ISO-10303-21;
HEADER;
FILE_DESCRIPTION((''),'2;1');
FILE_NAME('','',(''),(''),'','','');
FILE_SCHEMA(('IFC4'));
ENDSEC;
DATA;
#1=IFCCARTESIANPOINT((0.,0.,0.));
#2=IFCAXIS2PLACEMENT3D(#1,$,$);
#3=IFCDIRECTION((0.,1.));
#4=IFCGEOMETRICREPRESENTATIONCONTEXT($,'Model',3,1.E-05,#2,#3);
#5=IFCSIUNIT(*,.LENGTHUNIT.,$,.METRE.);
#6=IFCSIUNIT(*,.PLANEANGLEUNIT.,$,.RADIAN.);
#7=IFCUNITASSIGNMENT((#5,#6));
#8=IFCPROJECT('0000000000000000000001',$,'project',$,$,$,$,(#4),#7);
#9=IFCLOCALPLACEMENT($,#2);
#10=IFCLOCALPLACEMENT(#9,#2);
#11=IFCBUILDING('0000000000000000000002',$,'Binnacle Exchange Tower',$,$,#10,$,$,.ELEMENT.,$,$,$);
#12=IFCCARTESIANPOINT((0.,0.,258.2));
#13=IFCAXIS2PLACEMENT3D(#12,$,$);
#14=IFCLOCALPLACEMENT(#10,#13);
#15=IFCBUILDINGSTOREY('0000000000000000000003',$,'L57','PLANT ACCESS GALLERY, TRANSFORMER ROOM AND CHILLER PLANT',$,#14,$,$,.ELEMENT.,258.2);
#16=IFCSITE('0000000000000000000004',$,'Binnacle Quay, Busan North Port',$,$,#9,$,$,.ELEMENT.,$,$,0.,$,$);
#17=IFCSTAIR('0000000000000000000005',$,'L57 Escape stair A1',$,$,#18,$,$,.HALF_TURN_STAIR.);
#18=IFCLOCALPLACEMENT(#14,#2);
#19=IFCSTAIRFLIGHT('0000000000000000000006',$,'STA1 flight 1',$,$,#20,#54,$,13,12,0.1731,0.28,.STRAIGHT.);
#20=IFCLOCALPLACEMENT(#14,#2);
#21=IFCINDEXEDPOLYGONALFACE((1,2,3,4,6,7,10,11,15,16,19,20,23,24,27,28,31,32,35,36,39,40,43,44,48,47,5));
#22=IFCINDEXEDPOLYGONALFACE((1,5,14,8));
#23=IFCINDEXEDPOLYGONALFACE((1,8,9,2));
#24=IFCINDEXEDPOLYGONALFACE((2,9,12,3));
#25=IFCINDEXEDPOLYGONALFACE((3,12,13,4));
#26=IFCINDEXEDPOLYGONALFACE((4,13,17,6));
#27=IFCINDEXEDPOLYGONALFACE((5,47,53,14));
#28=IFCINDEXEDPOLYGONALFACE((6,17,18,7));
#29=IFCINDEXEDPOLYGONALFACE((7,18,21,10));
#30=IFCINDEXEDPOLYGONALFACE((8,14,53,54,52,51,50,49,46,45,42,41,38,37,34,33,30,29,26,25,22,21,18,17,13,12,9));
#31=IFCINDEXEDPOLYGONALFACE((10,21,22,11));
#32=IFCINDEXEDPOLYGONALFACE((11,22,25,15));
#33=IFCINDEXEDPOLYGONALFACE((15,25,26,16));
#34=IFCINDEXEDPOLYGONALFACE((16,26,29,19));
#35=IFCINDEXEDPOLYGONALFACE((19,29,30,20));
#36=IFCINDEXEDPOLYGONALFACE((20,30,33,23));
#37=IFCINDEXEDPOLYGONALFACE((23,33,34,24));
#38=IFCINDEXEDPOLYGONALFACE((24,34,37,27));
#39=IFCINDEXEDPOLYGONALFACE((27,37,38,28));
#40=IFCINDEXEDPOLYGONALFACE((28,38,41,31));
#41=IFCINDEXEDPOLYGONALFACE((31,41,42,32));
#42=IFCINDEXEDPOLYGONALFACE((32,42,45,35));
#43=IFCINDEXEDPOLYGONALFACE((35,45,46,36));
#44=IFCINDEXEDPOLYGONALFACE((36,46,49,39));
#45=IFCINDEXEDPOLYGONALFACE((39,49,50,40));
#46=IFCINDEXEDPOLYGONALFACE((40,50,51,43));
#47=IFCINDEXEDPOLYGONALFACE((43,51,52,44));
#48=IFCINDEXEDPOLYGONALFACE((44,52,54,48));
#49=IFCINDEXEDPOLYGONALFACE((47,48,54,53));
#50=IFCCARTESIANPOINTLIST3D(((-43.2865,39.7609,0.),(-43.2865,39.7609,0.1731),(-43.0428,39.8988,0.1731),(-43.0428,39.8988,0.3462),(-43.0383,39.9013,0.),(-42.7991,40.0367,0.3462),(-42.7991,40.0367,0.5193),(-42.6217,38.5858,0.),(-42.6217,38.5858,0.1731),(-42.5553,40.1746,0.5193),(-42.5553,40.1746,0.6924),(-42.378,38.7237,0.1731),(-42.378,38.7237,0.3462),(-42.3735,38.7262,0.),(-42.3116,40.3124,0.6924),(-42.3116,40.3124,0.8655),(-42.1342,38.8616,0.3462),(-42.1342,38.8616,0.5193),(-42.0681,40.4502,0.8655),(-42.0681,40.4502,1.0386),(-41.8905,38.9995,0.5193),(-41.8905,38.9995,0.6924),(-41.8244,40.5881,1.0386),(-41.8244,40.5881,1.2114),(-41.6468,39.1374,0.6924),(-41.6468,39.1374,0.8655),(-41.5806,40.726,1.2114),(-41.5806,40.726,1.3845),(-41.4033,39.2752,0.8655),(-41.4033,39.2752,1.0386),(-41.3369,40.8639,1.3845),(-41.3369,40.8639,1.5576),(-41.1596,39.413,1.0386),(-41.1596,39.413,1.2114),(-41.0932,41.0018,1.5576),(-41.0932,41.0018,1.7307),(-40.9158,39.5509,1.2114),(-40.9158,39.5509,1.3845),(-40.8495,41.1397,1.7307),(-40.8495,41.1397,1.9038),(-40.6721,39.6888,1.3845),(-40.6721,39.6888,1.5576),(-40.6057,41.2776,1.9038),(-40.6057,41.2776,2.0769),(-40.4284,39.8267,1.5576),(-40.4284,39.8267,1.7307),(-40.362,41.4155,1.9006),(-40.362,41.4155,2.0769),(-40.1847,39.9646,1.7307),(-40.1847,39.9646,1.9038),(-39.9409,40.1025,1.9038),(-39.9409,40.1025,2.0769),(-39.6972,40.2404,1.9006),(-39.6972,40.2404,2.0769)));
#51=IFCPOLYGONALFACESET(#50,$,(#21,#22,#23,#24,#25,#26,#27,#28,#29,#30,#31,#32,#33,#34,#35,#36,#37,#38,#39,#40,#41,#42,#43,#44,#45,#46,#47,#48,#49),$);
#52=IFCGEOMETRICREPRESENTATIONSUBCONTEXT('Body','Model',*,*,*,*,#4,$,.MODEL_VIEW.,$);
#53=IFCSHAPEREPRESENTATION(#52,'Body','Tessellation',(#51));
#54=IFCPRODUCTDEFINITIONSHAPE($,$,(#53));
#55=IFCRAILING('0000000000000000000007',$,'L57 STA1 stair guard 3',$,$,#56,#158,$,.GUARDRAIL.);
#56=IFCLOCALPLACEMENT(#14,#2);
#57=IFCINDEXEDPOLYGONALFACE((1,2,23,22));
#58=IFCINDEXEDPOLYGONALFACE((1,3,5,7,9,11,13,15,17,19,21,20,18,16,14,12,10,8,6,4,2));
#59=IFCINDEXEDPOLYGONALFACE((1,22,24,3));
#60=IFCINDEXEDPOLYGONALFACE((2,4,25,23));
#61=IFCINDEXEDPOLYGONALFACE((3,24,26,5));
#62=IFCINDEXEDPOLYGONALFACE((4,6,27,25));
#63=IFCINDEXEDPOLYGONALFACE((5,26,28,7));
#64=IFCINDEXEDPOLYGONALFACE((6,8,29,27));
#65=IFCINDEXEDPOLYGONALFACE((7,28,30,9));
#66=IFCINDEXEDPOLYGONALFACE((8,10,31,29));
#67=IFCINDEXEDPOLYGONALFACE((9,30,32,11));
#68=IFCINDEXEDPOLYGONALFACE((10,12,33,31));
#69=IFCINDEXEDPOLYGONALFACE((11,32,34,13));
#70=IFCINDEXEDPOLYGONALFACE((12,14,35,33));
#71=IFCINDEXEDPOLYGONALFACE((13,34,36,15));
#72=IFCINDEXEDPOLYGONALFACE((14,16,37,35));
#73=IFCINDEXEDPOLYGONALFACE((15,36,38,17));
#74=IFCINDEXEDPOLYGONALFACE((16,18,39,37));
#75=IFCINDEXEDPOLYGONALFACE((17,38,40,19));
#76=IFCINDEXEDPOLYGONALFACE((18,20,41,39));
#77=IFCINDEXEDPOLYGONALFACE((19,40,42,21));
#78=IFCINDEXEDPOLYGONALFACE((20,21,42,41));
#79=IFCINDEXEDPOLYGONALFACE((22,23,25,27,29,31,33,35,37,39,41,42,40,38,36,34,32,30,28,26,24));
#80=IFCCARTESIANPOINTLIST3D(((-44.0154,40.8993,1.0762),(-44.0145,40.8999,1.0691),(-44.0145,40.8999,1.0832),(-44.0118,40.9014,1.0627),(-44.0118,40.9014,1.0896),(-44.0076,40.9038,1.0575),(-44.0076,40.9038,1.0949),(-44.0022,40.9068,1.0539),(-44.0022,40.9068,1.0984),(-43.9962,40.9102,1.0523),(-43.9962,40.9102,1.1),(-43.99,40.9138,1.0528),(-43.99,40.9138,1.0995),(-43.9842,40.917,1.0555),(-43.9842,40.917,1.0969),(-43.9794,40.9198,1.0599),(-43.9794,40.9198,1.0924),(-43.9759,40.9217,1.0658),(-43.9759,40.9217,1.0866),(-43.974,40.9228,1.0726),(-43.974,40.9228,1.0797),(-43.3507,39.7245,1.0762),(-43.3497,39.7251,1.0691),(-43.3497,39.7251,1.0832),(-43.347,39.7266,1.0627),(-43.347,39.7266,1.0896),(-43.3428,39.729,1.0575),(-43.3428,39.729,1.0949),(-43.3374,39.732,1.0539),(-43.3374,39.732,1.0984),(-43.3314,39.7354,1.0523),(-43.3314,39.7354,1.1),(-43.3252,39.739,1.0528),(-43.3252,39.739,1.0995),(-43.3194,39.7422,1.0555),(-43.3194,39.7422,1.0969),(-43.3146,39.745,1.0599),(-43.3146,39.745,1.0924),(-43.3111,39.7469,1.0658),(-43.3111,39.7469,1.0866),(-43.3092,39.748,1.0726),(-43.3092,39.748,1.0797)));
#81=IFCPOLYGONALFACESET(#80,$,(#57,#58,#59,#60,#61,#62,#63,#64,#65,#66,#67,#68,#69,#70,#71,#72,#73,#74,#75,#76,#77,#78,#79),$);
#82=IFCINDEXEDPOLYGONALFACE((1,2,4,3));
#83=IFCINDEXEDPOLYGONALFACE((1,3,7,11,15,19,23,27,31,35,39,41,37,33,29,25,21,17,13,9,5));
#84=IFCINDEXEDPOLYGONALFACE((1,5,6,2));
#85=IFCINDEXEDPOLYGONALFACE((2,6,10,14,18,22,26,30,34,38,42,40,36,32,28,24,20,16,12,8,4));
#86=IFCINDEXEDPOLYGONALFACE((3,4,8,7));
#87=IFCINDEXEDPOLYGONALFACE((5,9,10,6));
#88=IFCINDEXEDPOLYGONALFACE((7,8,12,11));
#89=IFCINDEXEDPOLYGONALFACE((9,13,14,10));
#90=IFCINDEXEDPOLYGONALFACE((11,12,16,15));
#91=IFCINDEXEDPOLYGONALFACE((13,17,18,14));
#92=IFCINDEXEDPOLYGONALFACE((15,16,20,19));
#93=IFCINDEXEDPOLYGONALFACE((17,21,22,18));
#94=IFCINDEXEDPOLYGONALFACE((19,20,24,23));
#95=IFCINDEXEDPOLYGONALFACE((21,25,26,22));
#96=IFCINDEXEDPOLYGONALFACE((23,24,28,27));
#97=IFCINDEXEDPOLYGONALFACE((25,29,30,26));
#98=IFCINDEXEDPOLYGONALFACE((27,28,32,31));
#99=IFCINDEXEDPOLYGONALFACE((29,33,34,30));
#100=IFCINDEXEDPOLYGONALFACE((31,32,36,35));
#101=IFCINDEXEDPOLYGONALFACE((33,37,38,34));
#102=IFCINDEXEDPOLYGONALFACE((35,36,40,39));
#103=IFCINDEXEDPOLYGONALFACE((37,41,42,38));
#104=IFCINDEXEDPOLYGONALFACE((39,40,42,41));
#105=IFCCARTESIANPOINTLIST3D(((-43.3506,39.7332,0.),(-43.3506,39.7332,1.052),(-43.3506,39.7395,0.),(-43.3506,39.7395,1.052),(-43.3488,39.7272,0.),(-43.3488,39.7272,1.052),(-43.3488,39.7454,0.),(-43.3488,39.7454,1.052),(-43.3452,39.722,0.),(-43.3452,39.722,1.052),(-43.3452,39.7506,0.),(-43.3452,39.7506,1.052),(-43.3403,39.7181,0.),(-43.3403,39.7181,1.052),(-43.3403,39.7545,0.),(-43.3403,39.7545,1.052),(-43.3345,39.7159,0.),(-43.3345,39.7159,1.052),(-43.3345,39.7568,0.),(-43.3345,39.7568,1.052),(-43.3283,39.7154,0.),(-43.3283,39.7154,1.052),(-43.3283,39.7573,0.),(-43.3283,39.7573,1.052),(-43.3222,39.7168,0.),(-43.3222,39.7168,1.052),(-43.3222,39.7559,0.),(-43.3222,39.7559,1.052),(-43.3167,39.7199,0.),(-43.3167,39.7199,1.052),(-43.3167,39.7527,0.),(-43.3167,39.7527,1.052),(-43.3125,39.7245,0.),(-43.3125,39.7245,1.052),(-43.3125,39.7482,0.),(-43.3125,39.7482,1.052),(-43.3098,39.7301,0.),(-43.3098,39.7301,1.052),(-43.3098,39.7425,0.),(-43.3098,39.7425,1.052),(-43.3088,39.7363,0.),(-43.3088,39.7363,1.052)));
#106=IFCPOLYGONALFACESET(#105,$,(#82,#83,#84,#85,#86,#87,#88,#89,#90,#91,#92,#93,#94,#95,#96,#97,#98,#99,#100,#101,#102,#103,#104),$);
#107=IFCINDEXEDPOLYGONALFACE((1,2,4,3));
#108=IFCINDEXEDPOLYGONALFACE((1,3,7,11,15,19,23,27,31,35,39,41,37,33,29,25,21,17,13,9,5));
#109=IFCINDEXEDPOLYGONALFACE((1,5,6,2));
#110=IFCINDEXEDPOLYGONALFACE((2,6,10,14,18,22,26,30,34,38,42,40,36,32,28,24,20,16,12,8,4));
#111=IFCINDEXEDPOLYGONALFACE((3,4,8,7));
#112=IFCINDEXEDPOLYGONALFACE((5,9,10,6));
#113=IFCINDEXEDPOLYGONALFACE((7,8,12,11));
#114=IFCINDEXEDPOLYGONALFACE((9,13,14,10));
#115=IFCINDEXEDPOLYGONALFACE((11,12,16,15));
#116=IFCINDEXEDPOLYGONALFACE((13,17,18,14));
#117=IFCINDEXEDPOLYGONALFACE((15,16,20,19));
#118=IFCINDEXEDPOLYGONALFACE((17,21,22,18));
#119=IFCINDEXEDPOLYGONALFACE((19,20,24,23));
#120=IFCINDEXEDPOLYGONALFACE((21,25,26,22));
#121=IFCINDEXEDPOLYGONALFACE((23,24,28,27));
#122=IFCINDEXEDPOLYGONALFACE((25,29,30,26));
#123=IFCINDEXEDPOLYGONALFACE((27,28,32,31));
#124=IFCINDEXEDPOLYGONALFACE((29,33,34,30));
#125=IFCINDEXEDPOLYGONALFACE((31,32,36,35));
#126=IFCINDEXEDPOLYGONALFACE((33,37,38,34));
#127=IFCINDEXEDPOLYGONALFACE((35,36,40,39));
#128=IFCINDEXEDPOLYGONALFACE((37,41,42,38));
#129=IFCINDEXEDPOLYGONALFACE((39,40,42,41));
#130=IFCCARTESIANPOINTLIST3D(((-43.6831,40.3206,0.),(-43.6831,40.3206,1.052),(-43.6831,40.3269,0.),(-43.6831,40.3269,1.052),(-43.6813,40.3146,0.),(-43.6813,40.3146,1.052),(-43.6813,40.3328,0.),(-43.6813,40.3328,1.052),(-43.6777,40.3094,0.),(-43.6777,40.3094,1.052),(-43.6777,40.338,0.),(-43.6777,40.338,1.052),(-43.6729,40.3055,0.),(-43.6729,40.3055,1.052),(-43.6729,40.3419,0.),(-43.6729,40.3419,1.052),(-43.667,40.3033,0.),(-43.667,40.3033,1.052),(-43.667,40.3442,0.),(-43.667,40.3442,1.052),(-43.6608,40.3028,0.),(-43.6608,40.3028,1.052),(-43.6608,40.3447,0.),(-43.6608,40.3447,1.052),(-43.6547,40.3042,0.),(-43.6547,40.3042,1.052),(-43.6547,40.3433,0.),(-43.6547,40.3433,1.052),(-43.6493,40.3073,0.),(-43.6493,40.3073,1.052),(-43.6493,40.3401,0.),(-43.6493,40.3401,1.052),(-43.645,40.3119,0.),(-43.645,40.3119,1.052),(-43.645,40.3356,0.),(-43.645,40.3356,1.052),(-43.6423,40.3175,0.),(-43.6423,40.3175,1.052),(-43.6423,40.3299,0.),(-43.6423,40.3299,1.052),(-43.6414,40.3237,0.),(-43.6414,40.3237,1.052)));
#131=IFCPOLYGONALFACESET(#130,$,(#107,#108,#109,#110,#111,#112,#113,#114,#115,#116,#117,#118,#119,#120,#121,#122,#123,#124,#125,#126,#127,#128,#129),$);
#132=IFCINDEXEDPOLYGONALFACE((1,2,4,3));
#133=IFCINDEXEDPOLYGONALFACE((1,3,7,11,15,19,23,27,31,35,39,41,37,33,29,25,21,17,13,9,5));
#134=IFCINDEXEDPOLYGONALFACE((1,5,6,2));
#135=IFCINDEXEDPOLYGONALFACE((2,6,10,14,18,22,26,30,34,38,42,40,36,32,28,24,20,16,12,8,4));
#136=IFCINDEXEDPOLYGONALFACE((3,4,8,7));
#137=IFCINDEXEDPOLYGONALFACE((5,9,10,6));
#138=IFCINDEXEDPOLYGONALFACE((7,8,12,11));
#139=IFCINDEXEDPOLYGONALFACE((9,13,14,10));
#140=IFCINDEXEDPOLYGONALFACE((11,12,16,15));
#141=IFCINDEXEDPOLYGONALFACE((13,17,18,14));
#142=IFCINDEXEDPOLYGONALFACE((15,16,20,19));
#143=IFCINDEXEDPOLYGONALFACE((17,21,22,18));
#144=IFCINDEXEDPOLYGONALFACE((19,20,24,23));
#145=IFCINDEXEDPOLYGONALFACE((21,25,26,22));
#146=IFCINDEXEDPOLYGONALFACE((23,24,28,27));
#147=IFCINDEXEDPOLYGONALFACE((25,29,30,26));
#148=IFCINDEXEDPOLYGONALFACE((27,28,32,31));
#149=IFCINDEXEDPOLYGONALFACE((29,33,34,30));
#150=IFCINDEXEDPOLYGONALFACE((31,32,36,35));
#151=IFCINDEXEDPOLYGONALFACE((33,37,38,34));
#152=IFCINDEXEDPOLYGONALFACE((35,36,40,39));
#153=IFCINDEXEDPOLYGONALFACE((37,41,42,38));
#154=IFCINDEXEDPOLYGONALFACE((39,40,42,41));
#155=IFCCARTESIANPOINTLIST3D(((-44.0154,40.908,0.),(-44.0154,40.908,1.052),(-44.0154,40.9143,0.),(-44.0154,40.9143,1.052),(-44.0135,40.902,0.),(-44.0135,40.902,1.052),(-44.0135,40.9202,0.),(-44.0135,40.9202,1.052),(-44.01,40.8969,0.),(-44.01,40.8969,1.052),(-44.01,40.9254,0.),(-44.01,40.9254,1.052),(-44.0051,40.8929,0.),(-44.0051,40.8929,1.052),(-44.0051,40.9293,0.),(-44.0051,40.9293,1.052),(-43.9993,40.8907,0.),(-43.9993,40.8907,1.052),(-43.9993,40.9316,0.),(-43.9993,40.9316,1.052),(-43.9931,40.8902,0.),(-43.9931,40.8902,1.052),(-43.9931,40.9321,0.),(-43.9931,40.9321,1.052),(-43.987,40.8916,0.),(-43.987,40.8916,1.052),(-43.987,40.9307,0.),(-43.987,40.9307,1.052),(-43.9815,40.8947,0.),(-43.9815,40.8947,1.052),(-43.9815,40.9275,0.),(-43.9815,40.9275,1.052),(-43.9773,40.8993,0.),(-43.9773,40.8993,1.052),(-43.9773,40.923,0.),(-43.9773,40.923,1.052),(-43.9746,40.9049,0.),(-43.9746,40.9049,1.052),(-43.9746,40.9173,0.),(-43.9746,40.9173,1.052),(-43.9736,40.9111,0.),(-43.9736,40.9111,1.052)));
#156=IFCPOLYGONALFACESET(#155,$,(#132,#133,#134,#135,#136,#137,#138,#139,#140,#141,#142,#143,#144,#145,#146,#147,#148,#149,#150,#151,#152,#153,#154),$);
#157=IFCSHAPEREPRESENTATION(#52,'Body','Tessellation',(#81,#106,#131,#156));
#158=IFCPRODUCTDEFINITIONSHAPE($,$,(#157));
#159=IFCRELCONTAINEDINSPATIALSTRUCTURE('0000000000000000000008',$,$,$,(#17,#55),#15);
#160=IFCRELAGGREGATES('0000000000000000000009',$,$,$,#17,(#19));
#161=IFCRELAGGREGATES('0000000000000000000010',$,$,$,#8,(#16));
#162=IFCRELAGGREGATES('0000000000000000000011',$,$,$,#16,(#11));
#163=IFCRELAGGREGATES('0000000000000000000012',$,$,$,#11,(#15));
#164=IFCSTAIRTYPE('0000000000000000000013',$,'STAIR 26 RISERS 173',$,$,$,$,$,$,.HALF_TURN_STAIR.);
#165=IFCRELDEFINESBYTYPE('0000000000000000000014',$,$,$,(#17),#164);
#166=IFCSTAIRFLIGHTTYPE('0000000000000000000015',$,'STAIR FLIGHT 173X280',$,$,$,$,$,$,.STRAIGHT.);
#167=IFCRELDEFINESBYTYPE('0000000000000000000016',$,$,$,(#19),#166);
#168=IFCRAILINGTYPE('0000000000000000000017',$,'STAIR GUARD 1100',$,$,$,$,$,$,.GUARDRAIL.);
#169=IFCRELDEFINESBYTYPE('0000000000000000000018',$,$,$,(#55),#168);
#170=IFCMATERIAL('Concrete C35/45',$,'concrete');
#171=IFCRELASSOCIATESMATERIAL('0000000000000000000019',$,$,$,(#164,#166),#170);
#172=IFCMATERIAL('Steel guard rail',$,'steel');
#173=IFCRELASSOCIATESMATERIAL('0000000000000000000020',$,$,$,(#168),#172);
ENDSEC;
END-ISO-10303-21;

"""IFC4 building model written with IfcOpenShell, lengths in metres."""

from ifc_helpers import new_model, si_unit, direction, frame, origin, origin_2d, place, context, subcontext, project, spatial, polyline, circle, outline, extrude, material, type_object, element, aggregate, save


model = new_model("IFC4")

# Units and contexts
model_context = context("Model", 3, precision=1e-05, world=origin(), true_north=direction((0.0, 1.0)))
body_context = subcontext(model_context, "Body", "Model", "MODEL_VIEW")
ifc_project = project(units=[si_unit("LENGTHUNIT", "METRE"), si_unit("PLANEANGLEUNIT", "RADIAN")], contexts=[model_context])

# Site, building, storey
site_placement = place(None, origin())
site = spatial("IfcSite", under=ifc_project, at=site_placement, Name="Binnacle Quay, Busan North Port", CompositionType="ELEMENT", RefElevation=0.0)
building_placement = place(site_placement, origin())
building = spatial("IfcBuilding", under=site, at=building_placement, Name="Binnacle Exchange Tower", CompositionType="ELEMENT")
storey_placement = place(building_placement, frame((0.0, 0.0, 258.2)))
storey = spatial("IfcBuildingStorey", under=building, at=storey_placement, Name="L57", Description="PLANT ACCESS GALLERY, TRANSFORMER ROOM AND CHILLER PLANT", CompositionType="ELEMENT", Elevation=258.2)

# Stair, stair flight
ifc_material_1 = material(Name="Concrete C35/45", Category="concrete")
stair_type = type_object("IfcStairType", Name="STAIR 26 RISERS 173", PredefinedType="HALF_TURN_STAIR", material=ifc_material_1)
stair_placement = place(storey_placement, origin())
stair = element("IfcStair", 1, at=stair_placement, inside=storey, type_object=stair_type, Name="L57 Escape stair A1", PredefinedType="HALF_TURN_STAIR")
stair_flight_type = type_object("IfcStairFlightType", Name="STAIR FLIGHT 173X280", PredefinedType="STRAIGHT", material=ifc_material_1)
stair_flight_placement = place(storey_placement, frame((-42.9541, 39.1733, 0.0), z_axis=(0.0, 0.0, 1.0), x_axis=(0.870356, 0.492424, 0.0)))
stair_flight = element("IfcStairFlight", 2, at=stair_flight_placement, type_object=stair_flight_type, Name="STA1 flight 1", NumberOfRisers=13, NumberOfTreads=12, PredefinedType="STRAIGHT", RiserHeight=0.1731, TreadLength=0.28, context=body_context, shape_type="SweptSolid", body=[
    extrude(outline(polyline([(0.0, 0.0), (0.0, 0.1731), (0.28, 0.1731), (0.28, 0.3462), (0.5601, 0.3462), (0.5601, 0.5193), (0.8401, 0.5193), (0.8401, 0.6924), (1.1201, 0.6924), (1.1201, 0.8655), (1.3999, 0.8655), (1.3999, 1.0386), (1.6799, 1.0386), (1.6799, 1.2114), (1.96, 1.2114), (1.96, 1.3845), (2.24, 1.3845), (2.24, 1.5576), (2.52, 1.5576), (2.52, 1.7307), (2.8, 1.7307), (2.8, 1.9038), (3.0801, 1.9038), (3.0801, 2.0769), (3.3601, 2.0769), (3.3601, 2.25), (3.3601, 1.9006), (0.2852, 0.0), (0.0, 0.0)])), frame((0.0, 0.675, 0.0), z_axis=(0.0, -1.0, 0.0), x_axis=(1.0, 0.0, 0.0)), (0.0, 0.0, 1.0), 1.3501),
])
aggregate(stair, [stair_flight])

# Railing
ifc_material_2 = material(Name="Steel guard rail", Category="steel")
railing_type_1 = type_object("IfcRailingType", Name="STAIR GUARD 1100", PredefinedType="GUARDRAIL", material=ifc_material_2)
railing_1_placement = place(storey_placement, frame((-43.3298, 39.7363, 0.0)))
element("IfcRailing", 3, at=railing_1_placement, inside=storey, type_object=railing_type_1, Name="L57 STA1 stair guard 3", PredefinedType="GUARDRAIL", context=body_context, shape_type="SweptSolid", body=[
    extrude(circle(Radius=0.0239, at=origin_2d()), frame((0.0, 0.0, 1.0762), z_axis=(-0.492492, 0.870317, 0.0), x_axis=(-0.870317, -0.492492, 0.0)), (0.0, 0.0, 1.0), 1.3499),
    extrude(circle(Radius=0.021, at=origin_2d()), origin(), (0.0, 0.0, 1.0), 1.052),
    extrude(circle(Radius=0.021, at=origin_2d()), frame((-0.3325, 0.5874, 0.0)), (0.0, 0.0, 1.0), 1.052),
    extrude(circle(Radius=0.021, at=origin_2d()), frame((-0.6648, 1.1748, 0.0)), (0.0, 0.0, 1.0), 1.052),
])

save(model, "model.ifc")
